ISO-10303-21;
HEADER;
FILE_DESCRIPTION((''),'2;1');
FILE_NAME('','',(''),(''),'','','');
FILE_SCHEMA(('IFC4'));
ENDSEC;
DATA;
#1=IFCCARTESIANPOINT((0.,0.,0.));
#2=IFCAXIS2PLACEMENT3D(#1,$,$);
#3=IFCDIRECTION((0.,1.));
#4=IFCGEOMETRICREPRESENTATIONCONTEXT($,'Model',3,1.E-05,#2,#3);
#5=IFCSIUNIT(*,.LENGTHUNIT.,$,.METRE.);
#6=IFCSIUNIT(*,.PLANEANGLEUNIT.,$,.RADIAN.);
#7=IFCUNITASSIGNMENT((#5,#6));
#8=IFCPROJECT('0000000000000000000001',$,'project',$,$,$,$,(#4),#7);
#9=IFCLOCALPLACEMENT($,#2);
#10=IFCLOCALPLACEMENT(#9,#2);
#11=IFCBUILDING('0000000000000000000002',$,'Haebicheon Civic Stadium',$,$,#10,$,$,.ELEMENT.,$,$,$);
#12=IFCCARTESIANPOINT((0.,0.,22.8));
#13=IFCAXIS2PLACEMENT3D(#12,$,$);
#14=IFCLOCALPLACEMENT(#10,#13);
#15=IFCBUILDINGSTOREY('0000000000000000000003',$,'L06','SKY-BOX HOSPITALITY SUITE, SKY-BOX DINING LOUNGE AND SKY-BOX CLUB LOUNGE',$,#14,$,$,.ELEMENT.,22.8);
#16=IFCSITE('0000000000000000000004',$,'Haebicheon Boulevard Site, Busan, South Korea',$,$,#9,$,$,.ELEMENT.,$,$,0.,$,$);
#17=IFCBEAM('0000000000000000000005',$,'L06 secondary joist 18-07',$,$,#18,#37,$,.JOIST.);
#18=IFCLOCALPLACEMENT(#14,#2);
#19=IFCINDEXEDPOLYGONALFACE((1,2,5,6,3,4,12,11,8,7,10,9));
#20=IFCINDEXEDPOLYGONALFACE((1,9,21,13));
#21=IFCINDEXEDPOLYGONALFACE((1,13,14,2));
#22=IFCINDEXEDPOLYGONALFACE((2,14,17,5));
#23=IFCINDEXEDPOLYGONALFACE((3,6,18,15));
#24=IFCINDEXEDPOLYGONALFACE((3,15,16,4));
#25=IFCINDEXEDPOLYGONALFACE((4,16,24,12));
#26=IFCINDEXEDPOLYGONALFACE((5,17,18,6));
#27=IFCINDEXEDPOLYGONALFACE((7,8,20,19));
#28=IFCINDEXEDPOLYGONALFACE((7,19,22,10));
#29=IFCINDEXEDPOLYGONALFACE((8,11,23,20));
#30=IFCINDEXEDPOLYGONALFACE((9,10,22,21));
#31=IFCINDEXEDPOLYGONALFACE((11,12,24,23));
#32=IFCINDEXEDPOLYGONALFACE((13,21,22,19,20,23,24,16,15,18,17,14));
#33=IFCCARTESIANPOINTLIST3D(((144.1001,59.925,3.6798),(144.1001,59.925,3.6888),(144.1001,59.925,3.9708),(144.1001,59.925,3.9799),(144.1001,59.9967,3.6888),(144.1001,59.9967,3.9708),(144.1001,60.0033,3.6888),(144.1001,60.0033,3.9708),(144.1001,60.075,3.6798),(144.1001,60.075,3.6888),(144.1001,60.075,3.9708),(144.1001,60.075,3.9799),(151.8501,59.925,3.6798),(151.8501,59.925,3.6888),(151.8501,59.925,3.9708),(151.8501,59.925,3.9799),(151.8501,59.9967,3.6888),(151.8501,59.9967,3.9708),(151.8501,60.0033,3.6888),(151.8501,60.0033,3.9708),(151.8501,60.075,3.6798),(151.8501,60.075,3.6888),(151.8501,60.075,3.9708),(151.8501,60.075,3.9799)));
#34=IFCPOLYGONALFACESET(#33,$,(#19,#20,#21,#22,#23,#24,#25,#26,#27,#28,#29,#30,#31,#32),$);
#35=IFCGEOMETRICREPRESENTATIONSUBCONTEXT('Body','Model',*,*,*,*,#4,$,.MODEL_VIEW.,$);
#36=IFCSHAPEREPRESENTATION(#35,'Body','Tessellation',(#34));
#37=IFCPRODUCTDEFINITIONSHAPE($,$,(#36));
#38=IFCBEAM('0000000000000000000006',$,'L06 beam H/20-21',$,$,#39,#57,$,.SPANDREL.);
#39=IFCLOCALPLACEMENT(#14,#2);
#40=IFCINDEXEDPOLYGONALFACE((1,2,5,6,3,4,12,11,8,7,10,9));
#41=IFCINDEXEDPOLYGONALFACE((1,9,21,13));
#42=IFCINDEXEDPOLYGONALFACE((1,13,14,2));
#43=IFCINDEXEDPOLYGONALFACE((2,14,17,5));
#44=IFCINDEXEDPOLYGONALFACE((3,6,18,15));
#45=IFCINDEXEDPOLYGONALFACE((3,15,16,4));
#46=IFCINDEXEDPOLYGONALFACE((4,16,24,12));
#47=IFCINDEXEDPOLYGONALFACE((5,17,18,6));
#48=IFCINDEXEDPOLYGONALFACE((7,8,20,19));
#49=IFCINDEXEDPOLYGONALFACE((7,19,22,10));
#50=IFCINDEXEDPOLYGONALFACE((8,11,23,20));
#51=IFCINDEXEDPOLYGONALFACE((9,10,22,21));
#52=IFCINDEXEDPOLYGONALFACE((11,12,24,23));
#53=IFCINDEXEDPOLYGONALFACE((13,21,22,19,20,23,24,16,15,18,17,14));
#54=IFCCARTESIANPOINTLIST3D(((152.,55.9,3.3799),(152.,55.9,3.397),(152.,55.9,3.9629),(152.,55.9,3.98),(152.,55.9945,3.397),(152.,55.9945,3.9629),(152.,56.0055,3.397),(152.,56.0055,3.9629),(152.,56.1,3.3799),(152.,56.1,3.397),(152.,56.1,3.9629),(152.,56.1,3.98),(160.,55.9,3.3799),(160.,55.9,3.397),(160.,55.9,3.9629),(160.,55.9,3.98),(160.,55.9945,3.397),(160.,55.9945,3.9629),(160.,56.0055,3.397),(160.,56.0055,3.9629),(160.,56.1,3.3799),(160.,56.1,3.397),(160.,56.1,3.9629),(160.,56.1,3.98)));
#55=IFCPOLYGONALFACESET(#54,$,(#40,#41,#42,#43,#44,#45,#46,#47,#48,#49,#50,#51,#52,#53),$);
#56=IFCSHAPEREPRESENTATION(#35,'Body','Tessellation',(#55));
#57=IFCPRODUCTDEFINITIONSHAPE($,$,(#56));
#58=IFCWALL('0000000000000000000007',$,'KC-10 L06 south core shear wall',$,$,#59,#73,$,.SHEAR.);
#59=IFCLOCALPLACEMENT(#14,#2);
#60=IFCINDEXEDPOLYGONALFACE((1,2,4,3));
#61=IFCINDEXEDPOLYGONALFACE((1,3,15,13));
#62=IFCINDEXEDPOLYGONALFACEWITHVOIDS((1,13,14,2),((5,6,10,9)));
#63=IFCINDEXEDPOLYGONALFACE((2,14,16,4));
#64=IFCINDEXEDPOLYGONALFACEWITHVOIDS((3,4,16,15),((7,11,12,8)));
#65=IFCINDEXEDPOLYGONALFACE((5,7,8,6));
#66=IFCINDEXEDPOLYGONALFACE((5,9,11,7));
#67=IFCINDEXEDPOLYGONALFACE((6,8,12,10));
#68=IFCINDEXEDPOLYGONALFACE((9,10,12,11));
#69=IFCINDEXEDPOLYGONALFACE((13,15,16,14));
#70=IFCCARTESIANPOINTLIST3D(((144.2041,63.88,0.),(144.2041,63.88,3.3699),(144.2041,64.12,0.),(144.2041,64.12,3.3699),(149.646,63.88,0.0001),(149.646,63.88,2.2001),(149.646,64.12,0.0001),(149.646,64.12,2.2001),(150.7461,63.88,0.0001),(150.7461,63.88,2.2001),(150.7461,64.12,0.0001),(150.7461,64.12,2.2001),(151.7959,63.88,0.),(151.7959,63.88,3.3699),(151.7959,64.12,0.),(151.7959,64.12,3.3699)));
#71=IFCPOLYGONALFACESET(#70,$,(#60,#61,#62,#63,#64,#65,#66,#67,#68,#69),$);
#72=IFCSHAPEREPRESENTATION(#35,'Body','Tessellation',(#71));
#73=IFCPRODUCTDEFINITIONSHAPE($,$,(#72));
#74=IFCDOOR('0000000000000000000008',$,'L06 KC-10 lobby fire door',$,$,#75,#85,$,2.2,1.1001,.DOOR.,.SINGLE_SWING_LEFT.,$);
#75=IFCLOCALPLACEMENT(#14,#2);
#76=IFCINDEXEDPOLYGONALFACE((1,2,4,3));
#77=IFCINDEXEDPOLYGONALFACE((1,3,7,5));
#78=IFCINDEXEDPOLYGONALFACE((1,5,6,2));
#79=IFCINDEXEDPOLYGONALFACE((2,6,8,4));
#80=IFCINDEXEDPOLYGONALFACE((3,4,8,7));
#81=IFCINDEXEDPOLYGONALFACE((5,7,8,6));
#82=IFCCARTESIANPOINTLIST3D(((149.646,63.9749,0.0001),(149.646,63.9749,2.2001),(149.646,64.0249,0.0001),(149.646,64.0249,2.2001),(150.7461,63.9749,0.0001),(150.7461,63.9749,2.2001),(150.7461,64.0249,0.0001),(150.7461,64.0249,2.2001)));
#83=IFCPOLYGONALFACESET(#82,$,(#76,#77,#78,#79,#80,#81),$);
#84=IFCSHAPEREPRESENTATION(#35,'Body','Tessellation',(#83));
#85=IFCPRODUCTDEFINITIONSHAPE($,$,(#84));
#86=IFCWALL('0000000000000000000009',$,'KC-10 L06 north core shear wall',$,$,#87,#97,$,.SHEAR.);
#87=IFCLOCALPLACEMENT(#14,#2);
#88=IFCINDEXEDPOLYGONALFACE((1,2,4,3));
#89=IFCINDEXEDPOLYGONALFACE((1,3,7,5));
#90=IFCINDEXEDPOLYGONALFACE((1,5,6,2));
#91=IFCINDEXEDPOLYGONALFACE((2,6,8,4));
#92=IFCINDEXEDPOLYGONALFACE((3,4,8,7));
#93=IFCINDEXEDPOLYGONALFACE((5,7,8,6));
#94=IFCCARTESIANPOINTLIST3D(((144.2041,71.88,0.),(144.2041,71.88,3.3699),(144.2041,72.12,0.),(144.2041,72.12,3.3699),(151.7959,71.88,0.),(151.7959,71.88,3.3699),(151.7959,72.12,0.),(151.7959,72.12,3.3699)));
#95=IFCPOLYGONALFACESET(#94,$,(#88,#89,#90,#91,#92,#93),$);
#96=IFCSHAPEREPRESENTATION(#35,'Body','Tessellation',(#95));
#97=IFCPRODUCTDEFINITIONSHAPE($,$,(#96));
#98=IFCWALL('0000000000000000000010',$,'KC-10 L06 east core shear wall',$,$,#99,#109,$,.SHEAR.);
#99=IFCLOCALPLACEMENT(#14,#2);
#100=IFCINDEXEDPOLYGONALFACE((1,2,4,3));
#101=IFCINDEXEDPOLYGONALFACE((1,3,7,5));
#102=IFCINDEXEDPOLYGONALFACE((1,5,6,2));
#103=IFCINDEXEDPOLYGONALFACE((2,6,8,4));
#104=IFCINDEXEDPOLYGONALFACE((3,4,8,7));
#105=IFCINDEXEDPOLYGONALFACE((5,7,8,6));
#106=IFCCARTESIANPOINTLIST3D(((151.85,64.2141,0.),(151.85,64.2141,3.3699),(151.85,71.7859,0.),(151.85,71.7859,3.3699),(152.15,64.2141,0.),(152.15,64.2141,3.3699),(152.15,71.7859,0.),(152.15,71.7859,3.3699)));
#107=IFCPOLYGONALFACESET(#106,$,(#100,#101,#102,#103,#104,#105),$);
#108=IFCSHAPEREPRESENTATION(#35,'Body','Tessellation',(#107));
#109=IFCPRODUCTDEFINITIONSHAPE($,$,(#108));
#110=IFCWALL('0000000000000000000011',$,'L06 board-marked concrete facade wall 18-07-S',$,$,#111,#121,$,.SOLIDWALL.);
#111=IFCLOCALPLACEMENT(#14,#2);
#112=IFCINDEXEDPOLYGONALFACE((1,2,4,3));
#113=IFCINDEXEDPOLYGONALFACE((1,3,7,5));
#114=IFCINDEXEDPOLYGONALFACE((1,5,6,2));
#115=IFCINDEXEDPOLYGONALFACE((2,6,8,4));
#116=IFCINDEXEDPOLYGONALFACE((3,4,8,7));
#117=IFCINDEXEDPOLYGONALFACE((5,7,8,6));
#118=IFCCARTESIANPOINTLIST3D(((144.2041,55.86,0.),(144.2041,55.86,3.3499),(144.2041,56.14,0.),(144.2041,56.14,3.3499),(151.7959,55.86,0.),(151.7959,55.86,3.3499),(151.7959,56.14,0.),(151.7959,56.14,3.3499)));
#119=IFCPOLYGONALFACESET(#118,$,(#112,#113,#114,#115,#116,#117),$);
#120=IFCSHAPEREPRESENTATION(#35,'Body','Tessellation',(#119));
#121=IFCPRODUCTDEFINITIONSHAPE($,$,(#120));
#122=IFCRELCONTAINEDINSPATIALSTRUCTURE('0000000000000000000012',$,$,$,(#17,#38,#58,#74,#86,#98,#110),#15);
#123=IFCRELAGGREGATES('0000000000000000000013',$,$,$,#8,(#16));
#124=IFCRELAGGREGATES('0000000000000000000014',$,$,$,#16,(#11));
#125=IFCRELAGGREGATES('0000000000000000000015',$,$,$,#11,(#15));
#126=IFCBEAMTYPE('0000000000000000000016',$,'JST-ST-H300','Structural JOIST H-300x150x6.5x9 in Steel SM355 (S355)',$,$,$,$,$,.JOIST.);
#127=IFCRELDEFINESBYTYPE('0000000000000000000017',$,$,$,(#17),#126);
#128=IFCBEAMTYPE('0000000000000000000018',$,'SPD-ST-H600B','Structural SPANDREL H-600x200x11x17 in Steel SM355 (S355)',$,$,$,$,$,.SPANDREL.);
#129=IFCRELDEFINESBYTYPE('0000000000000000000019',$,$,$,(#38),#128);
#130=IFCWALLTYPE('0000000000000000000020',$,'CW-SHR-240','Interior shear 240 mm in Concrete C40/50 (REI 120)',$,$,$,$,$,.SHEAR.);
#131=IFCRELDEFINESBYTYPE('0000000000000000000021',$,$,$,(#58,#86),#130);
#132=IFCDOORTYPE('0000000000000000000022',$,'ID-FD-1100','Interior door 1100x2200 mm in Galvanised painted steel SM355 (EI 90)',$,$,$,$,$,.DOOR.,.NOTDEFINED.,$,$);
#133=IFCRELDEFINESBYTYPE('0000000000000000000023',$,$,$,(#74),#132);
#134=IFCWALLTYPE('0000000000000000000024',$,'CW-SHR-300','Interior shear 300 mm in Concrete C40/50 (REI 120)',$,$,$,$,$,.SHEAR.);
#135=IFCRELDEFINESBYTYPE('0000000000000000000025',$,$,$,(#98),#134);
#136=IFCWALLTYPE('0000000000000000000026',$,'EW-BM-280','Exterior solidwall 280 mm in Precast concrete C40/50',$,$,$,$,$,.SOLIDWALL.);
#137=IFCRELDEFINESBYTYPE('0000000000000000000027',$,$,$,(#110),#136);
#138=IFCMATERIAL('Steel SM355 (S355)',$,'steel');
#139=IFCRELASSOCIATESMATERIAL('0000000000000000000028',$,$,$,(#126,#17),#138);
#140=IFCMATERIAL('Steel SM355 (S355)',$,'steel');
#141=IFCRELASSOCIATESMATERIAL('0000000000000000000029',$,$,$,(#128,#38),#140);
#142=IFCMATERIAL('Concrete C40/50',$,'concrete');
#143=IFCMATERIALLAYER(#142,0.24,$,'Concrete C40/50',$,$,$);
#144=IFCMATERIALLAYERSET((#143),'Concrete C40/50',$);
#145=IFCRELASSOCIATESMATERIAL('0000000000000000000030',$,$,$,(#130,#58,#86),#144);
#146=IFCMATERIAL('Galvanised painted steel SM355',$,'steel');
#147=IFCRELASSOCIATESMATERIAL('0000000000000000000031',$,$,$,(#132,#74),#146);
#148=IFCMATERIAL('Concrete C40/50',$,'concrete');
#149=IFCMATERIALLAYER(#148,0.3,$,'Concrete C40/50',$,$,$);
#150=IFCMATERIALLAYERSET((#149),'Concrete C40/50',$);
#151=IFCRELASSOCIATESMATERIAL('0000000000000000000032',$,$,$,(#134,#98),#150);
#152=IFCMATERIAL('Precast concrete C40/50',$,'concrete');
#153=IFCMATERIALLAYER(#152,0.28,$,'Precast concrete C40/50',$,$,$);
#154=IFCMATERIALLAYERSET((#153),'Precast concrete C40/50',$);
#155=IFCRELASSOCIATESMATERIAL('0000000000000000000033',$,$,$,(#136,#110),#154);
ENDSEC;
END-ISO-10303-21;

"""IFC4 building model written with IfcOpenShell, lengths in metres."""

from ifc_helpers import new_model, si_unit, direction, frame, frame_2d, origin, origin_2d, place, context, subcontext, project, spatial, rectangle, i_section, extrude, material, layer, layer_set, material_profile, profile_set, type_object, element, fill, save


model = new_model("IFC4")

# Units and contexts
model_context = context("Model", 3, precision=1e-05, world=origin(), true_north=direction((0.0, 1.0)))
body_context = subcontext(model_context, "Body", "Model", "MODEL_VIEW")
ifc_project = project(units=[si_unit("LENGTHUNIT", "METRE"), si_unit("PLANEANGLEUNIT", "RADIAN")], contexts=[model_context])

# Site, building, storey
site_placement = place(None, origin())
site = spatial("IfcSite", under=ifc_project, at=site_placement, Name="Haebicheon Boulevard Site, Busan, South Korea", CompositionType="ELEMENT", RefElevation=0.0)
building_placement = place(site_placement, origin())
building = spatial("IfcBuilding", under=site, at=building_placement, Name="Haebicheon Civic Stadium", CompositionType="ELEMENT")
storey_placement = place(building_placement, frame((0.0, 0.0, 22.8)))
storey = spatial("IfcBuildingStorey", under=building, at=storey_placement, Name="L06", Description="SKY-BOX HOSPITALITY SUITE, SKY-BOX DINING LOUNGE AND SKY-BOX CLUB LOUNGE", CompositionType="ELEMENT", Elevation=22.8)

# Beams
ifc_material_1 = material(Name="Steel SM355 (S355)", Category="steel")
ifc_material_profile_1 = material_profile(ifc_material_1, i_section(OverallWidth=0.1499, OverallDepth=0.3, WebThickness=0.0066, FlangeThickness=0.009, at=origin_2d()), Name="H-300x150x6.5x9")
ifc_profile_set_1 = profile_set([ifc_material_profile_1], Name="Steel SM355 (S355)")
beam_type_1 = type_object("IfcBeamType", Name="JST-ST-H300", Description="Structural JOIST H-300x150x6.5x9 in Steel SM355 (S355)", PredefinedType="JOIST", material=ifc_profile_set_1)
beam_1_placement = place(storey_placement, frame((144.1001, 60.0, 3.8298), z_axis=(1.0, 0.0, 0.0), x_axis=(0.0, 1.0, 0.0)))
element("IfcBeam", 1, at=beam_1_placement, inside=storey, type_object=beam_type_1, material=ifc_profile_set_1, Name="L06 secondary joist 18-07", PredefinedType="JOIST", context=body_context, shape_type="SweptSolid", body=[
    extrude(i_section(OverallWidth=0.1499, OverallDepth=0.3, WebThickness=0.0066, FlangeThickness=0.009, at=origin_2d()), origin(), (0.0, 0.0, 1.0), 7.75),
])
ifc_material_2 = material(Name="Steel SM355 (S355)", Category="steel")
ifc_material_profile_2 = material_profile(ifc_material_2, i_section(OverallWidth=0.2, OverallDepth=0.6001, WebThickness=0.011, FlangeThickness=0.0171, at=origin_2d()), Name="H-600x200x11x17")
ifc_profile_set_2 = profile_set([ifc_material_profile_2], Name="Steel SM355 (S355)")
beam_type_2 = type_object("IfcBeamType", Name="SPD-ST-H600B", Description="Structural SPANDREL H-600x200x11x17 in Steel SM355 (S355)", PredefinedType="SPANDREL", material=ifc_profile_set_2)
beam_2_placement = place(storey_placement, frame((152.0, 56.0, 3.6799), z_axis=(1.0, 0.0, 0.0), x_axis=(0.0, 1.0, 0.0)))
element("IfcBeam", 2, at=beam_2_placement, inside=storey, type_object=beam_type_2, material=ifc_profile_set_2, Name="L06 beam H/20-21", PredefinedType="SPANDREL", context=body_context, shape_type="SweptSolid", body=[
    extrude(i_section(OverallWidth=0.2, OverallDepth=0.6001, WebThickness=0.011, FlangeThickness=0.0171, at=origin_2d()), origin(), (0.0, 0.0, 1.0), 8.0),
])

# Wall, opening, door
ifc_material_3 = material(Name="Concrete C40/50", Category="concrete")
ifc_layer_1 = layer(ifc_material_3, 0.24, Name="Concrete C40/50")
ifc_layer_set_1 = layer_set([ifc_layer_1], Name="Concrete C40/50")
wall_type_1 = type_object("IfcWallType", Name="CW-SHR-240", Description="Interior shear 240 mm in Concrete C40/50 (REI 120)", PredefinedType="SHEAR", material=ifc_layer_set_1)
wall_1_placement = place(storey_placement, frame((144.2041, 64.0, 0.0), z_axis=(0.0, 0.0, 1.0), x_axis=(1.0, 0.0, 0.0)))
wall_1 = element("IfcWall", 3, at=wall_1_placement, inside=storey, type_object=wall_type_1, material=ifc_layer_set_1, Name="KC-10 L06 south core shear wall", PredefinedType="SHEAR", context=body_context, shape_type="SweptSolid", body=[
    extrude(rectangle(XDim=7.5918, YDim=0.24, at=frame_2d((3.7959, 0.0))), origin(), (0.0, 0.0, 1.0), 3.3699),
])
opening_1_placement = place(wall_1_placement, frame((5.4419, 0.0, 0.0)))
opening_1 = element("IfcOpeningElement", 4, at=opening_1_placement, cuts=wall_1, PredefinedType="OPENING", context=body_context, shape_type="SweptSolid", body=[
    extrude(rectangle(XDim=1.1001, YDim=2.2, at=frame_2d((0.55, 1.1001))), frame((0.0, 0.1299, 0.0), z_axis=(0.0, -1.0, 0.0), x_axis=(1.0, 0.0, 0.0)), (0.0, 0.0, 1.0), 0.26),
])
ifc_material_4 = material(Name="Galvanised painted steel SM355", Category="steel")
door_type_1 = type_object("IfcDoorType", Name="ID-FD-1100", Description="Interior door 1100x2200 mm in Galvanised painted steel SM355 (EI 90)", OperationType="NOTDEFINED", PredefinedType="DOOR", material=ifc_material_4)
door_1_placement = place(opening_1_placement, origin())
door_1 = element("IfcDoor", 5, at=door_1_placement, inside=storey, type_object=door_type_1, material=ifc_material_4, Name="L06 KC-10 lobby fire door", OperationType="SINGLE_SWING_LEFT", OverallHeight=2.2, OverallWidth=1.1001, PredefinedType="DOOR", context=body_context, shape_type="SweptSolid", body=[
    extrude(rectangle(XDim=1.1001, YDim=2.2, at=frame_2d((0.55, 1.1001))), frame((0.0, 0.0249, 0.0), z_axis=(0.0, -1.0, 0.0), x_axis=(1.0, 0.0, 0.0)), (0.0, 0.0, 1.0), 0.05),
])
fill(opening_1, door_1)

# Walls
wall_2_placement = place(storey_placement, frame((144.2041, 72.0, 0.0), z_axis=(0.0, 0.0, 1.0), x_axis=(1.0, 0.0, 0.0)))
element("IfcWall", 6, at=wall_2_placement, inside=storey, type_object=wall_type_1, material=ifc_layer_set_1, Name="KC-10 L06 north core shear wall", PredefinedType="SHEAR", context=body_context, shape_type="SweptSolid", body=[
    extrude(rectangle(XDim=7.5918, YDim=0.24, at=frame_2d((3.7959, 0.0))), origin(), (0.0, 0.0, 1.0), 3.3699),
])
ifc_material_5 = material(Name="Concrete C40/50", Category="concrete")
ifc_layer_2 = layer(ifc_material_5, 0.3, Name="Concrete C40/50")
ifc_layer_set_2 = layer_set([ifc_layer_2], Name="Concrete C40/50")
wall_type_2 = type_object("IfcWallType", Name="CW-SHR-300", Description="Interior shear 300 mm in Concrete C40/50 (REI 120)", PredefinedType="SHEAR", material=ifc_layer_set_2)
wall_3_placement = place(storey_placement, frame((152.0, 64.2141, 0.0), z_axis=(0.0, 0.0, 1.0), x_axis=(0.0, 1.0, 0.0)))
element("IfcWall", 7, at=wall_3_placement, inside=storey, type_object=wall_type_2, material=ifc_layer_set_2, Name="KC-10 L06 east core shear wall", PredefinedType="SHEAR", context=body_context, shape_type="SweptSolid", body=[
    extrude(rectangle(XDim=7.5718, YDim=0.3, at=frame_2d((3.7859, 0.0))), origin(), (0.0, 0.0, 1.0), 3.3699),
])

# Wall
ifc_material_6 = material(Name="Precast concrete C40/50", Category="concrete")
ifc_layer_3 = layer(ifc_material_6, 0.28, Name="Precast concrete C40/50")
ifc_layer_set_3 = layer_set([ifc_layer_3], Name="Precast concrete C40/50")
wall_type_3 = type_object("IfcWallType", Name="EW-BM-280", Description="Exterior solidwall 280 mm in Precast concrete C40/50", PredefinedType="SOLIDWALL", material=ifc_layer_set_3)
wall_4_placement = place(storey_placement, frame((144.2041, 56.0, 0.0), z_axis=(0.0, 0.0, 1.0), x_axis=(1.0, 0.0, 0.0)))
element("IfcWall", 8, at=wall_4_placement, inside=storey, type_object=wall_type_3, material=ifc_layer_set_3, Name="L06 board-marked concrete facade wall 18-07-S", PredefinedType="SOLIDWALL", context=body_context, shape_type="SweptSolid", body=[
    extrude(rectangle(XDim=7.5918, YDim=0.28, at=frame_2d((3.7959, 0.0))), origin(), (0.0, 0.0, 1.0), 3.3499),
])

save(model, "model.ifc")
